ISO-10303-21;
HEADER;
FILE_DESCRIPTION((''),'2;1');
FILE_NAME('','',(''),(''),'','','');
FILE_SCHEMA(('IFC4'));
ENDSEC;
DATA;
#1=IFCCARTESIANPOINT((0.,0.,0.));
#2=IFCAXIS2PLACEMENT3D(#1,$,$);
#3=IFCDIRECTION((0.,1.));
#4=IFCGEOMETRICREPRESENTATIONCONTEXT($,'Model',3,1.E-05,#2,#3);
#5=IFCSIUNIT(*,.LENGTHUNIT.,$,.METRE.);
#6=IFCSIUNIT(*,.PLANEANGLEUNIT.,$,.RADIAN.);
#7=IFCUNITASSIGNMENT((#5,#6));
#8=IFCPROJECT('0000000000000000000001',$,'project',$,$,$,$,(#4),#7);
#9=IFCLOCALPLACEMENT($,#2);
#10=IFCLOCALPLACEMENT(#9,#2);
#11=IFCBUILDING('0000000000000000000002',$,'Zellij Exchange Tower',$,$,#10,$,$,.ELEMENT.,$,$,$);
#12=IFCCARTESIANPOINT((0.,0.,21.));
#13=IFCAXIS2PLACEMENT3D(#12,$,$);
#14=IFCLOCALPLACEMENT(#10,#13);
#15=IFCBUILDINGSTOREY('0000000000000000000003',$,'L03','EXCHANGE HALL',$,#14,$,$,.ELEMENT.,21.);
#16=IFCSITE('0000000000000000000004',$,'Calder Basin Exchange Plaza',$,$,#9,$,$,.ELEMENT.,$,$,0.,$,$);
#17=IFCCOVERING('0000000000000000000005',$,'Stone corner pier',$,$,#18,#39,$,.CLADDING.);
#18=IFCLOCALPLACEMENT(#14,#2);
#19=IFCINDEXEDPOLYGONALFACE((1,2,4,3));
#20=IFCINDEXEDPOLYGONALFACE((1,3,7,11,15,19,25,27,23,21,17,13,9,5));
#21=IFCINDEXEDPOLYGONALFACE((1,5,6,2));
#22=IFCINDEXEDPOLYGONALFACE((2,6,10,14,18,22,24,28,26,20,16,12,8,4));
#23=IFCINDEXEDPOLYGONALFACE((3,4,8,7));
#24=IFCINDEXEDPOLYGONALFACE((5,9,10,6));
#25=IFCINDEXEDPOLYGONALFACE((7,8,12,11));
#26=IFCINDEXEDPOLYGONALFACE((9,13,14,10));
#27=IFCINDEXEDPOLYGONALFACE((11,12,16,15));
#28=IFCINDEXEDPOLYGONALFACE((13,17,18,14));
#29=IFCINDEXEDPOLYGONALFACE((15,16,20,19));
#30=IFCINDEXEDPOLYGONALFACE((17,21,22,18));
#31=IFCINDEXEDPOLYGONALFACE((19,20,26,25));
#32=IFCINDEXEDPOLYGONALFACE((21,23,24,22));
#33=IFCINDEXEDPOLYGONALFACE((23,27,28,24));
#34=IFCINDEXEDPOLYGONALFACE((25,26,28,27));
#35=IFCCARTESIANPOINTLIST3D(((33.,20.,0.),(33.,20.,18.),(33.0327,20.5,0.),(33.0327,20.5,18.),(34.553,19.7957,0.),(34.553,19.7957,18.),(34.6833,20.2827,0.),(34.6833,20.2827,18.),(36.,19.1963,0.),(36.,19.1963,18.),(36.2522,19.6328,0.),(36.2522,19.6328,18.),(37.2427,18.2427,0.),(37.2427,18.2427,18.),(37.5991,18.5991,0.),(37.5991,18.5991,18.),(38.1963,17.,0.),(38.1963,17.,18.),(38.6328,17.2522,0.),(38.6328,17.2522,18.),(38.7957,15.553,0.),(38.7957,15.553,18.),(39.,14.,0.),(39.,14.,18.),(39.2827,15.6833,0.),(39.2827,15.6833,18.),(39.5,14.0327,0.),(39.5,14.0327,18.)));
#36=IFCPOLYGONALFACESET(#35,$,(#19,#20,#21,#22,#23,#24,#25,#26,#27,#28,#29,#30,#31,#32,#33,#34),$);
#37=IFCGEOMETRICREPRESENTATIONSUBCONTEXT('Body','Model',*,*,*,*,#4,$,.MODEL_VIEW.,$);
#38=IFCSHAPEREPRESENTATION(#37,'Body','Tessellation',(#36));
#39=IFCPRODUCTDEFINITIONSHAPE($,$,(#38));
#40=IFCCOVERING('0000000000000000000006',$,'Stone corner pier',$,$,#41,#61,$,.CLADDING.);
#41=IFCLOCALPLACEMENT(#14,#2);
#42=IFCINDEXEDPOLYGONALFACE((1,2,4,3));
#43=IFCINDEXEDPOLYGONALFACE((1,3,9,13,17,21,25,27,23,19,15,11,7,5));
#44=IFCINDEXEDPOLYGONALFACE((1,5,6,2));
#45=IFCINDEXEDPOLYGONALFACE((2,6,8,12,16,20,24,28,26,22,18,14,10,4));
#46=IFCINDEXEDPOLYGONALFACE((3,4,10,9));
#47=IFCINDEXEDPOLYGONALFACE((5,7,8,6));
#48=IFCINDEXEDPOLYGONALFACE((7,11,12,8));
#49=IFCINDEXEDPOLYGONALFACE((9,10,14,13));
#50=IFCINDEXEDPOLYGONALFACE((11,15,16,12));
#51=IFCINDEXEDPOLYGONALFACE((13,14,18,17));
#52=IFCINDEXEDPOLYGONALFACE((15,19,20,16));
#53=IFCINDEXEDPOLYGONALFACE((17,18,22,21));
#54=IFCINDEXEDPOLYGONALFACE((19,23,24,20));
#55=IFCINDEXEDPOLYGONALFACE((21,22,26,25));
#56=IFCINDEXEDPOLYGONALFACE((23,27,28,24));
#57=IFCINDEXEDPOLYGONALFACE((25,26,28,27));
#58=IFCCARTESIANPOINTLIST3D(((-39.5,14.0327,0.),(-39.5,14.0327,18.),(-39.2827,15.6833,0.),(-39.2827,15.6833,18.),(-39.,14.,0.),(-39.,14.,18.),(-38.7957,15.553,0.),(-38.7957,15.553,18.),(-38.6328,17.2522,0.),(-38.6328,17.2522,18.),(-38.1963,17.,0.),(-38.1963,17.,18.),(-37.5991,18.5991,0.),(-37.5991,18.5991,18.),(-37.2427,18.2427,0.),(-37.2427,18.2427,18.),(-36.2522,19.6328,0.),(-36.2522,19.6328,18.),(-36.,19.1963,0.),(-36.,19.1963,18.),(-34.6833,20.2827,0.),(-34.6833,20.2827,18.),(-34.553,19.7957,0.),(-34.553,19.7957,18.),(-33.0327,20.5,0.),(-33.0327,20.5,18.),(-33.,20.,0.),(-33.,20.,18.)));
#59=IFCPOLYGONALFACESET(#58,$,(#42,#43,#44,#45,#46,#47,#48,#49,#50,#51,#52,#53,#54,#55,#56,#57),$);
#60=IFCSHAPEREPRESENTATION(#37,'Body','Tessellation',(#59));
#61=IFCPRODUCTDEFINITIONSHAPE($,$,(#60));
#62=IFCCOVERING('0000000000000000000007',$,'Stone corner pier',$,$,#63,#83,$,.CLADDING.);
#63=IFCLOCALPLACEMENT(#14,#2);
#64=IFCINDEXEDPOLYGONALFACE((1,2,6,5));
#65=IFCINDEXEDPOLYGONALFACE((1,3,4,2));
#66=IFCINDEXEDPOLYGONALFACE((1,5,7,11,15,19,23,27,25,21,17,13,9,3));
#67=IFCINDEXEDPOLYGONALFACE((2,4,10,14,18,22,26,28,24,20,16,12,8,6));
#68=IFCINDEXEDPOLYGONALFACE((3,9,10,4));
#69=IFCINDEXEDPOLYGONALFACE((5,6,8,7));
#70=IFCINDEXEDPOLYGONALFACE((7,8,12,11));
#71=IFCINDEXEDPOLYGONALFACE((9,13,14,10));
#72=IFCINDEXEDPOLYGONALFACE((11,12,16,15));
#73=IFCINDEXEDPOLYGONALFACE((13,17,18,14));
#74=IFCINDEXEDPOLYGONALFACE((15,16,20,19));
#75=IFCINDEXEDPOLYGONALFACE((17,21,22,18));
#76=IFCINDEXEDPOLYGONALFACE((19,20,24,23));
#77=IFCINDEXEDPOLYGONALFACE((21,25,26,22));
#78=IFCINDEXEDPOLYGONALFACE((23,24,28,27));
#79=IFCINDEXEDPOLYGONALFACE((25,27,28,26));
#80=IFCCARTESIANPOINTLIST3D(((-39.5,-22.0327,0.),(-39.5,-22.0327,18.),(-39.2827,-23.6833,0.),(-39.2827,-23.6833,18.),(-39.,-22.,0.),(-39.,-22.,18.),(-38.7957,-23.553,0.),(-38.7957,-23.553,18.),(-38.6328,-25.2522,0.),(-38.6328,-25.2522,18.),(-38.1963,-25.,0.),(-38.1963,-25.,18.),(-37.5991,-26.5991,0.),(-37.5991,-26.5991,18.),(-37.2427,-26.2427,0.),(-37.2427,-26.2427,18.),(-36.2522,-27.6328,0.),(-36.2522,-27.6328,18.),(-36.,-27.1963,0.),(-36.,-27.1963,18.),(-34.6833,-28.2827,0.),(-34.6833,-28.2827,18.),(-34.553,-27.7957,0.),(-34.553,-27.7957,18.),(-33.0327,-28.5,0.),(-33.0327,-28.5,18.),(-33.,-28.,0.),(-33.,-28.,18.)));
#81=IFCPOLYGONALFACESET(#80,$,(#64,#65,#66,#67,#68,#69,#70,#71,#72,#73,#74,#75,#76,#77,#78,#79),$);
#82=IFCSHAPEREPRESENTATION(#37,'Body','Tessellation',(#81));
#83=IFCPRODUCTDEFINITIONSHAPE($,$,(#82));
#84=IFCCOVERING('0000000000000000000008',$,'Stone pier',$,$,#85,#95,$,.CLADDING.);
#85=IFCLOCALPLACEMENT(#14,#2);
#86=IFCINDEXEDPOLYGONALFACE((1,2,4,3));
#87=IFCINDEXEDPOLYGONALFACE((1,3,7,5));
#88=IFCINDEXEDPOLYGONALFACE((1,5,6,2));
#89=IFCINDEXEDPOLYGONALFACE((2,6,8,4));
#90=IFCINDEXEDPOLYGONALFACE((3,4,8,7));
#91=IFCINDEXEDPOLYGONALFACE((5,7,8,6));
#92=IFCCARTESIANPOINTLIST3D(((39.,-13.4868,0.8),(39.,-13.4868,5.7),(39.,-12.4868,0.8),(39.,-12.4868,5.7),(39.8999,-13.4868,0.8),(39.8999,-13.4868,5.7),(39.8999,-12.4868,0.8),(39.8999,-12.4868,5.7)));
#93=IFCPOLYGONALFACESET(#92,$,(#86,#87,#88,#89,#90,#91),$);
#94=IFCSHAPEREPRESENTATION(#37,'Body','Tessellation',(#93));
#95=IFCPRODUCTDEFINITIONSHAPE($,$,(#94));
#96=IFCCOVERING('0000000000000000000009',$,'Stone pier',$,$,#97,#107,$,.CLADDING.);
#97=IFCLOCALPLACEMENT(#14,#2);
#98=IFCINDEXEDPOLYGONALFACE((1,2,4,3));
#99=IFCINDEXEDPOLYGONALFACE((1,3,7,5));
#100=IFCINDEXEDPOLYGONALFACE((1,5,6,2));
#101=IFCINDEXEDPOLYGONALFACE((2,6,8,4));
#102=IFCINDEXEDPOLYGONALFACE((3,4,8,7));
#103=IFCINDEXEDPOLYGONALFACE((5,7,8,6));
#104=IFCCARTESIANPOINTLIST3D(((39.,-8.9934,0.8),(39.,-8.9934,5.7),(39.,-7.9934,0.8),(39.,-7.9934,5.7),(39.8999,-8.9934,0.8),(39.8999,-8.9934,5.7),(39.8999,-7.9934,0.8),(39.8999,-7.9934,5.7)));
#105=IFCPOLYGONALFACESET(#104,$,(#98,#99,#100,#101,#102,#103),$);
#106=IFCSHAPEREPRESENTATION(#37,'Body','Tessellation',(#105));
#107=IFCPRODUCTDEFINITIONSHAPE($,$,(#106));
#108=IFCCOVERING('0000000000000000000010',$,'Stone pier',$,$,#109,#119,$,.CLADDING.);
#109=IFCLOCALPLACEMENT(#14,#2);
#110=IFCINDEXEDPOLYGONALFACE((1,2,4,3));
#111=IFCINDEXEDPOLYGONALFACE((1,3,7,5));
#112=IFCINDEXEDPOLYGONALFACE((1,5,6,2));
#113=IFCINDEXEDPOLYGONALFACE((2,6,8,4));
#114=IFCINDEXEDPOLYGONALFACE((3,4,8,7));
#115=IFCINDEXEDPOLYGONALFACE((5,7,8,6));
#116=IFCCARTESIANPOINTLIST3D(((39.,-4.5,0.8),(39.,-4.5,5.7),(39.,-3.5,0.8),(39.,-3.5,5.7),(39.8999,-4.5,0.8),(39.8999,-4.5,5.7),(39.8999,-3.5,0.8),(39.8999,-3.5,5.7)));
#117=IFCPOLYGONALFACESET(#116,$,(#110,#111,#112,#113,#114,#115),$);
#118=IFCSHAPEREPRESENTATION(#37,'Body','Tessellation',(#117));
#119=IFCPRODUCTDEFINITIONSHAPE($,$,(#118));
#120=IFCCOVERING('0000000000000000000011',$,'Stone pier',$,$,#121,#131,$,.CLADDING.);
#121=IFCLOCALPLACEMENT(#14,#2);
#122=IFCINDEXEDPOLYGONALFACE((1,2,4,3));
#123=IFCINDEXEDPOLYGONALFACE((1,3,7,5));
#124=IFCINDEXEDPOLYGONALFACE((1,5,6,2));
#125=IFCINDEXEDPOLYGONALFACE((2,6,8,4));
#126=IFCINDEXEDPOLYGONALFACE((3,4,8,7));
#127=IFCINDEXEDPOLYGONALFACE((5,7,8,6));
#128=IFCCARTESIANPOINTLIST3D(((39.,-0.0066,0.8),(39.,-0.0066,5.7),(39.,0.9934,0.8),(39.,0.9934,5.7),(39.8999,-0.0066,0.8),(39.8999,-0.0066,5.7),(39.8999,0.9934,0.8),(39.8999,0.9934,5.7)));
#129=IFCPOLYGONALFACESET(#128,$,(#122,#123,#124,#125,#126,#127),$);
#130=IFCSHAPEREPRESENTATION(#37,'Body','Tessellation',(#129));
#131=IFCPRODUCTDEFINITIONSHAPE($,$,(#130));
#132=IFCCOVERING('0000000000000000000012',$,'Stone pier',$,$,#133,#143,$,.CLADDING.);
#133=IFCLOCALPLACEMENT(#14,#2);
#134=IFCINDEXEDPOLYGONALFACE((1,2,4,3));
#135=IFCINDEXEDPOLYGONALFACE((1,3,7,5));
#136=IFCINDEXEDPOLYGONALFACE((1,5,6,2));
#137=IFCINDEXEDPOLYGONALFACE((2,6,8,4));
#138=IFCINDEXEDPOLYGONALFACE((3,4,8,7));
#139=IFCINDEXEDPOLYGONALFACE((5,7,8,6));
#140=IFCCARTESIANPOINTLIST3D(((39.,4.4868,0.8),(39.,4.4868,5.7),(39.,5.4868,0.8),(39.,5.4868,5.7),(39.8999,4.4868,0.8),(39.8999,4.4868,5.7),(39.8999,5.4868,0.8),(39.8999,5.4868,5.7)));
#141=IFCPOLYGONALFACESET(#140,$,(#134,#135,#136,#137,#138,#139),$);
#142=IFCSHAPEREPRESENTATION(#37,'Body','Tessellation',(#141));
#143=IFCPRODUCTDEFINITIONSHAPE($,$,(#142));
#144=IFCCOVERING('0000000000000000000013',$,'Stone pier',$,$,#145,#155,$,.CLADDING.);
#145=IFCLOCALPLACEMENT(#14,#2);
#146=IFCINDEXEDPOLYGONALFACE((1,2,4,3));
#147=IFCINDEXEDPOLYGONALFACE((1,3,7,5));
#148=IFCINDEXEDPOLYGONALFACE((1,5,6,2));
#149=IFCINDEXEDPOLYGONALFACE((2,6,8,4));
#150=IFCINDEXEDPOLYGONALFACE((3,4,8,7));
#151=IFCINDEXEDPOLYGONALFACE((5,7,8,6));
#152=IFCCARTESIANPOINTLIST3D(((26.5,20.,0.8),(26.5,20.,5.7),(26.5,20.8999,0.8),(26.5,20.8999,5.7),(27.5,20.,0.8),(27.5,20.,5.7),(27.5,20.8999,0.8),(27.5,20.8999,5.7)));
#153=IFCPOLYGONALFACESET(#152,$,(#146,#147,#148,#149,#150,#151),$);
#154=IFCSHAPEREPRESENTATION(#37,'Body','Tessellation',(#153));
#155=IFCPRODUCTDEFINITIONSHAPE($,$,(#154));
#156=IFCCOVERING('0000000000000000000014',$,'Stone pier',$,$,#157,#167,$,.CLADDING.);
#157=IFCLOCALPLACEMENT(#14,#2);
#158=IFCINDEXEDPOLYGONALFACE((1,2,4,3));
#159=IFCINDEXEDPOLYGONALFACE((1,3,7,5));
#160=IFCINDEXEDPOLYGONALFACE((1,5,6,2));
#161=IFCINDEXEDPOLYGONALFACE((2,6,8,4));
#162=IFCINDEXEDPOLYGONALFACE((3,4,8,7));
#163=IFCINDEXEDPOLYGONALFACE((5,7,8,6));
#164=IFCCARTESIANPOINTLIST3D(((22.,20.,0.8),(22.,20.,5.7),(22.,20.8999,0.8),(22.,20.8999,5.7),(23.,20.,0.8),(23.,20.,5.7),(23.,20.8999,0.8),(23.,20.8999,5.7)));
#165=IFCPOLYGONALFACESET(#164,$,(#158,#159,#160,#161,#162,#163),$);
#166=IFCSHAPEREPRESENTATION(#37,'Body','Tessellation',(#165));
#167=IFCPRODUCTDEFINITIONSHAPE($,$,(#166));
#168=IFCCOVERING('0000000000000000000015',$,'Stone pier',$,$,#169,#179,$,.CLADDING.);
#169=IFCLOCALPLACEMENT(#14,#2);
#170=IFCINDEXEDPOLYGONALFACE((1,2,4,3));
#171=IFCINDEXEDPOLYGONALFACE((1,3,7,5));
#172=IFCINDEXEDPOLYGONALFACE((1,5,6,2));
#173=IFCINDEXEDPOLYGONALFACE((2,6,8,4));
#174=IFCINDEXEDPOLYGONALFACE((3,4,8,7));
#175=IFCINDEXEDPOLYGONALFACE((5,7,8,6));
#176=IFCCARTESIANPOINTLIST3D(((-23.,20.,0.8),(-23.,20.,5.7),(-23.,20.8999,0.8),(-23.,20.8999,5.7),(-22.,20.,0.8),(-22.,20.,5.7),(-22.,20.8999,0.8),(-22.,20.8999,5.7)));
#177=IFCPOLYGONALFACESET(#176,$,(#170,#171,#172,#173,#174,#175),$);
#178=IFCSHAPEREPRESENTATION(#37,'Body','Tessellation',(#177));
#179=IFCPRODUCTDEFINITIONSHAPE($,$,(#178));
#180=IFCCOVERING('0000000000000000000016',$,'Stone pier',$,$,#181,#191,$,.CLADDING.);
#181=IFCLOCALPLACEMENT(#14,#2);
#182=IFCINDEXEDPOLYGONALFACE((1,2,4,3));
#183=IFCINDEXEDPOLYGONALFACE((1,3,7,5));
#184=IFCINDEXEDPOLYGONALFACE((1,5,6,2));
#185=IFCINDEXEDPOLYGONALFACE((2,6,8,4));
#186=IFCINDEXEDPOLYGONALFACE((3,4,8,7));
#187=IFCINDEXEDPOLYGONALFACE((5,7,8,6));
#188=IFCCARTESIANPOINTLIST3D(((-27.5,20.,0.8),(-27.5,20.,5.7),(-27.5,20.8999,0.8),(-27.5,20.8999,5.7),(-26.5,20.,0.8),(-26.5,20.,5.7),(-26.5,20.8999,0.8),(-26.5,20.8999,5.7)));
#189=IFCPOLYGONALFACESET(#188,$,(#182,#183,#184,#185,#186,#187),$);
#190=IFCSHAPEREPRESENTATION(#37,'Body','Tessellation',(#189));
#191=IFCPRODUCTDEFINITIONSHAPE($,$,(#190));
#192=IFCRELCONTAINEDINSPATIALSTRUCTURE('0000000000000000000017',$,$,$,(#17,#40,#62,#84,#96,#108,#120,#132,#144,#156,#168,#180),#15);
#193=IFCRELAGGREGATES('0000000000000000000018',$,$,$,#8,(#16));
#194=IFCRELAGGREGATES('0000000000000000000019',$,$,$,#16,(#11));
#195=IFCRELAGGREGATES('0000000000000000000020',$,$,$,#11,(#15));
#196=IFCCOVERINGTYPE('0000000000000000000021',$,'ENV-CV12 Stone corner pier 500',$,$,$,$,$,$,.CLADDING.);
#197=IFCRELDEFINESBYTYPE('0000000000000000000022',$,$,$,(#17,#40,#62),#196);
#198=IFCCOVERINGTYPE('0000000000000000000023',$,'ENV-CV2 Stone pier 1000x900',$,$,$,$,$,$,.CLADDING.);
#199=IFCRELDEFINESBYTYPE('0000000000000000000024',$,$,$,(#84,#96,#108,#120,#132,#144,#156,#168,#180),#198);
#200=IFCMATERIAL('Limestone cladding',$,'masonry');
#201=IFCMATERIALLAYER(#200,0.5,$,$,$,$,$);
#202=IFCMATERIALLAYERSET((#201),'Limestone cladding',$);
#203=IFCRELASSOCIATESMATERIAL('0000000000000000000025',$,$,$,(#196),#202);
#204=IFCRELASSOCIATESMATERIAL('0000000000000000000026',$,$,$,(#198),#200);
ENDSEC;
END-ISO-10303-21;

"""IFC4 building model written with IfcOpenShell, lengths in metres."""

from ifc_helpers import new_model, si_unit, direction, frame, origin, place, context, subcontext, project, spatial, polyline, outline, extrude, material, layer, layer_set, type_object, element, save


model = new_model("IFC4")

# Units and contexts
model_context = context("Model", 3, precision=1e-05, world=origin(), true_north=direction((0.0, 1.0)))
body_context = subcontext(model_context, "Body", "Model", "MODEL_VIEW")
ifc_project = project(units=[si_unit("LENGTHUNIT", "METRE"), si_unit("PLANEANGLEUNIT", "RADIAN")], contexts=[model_context])

# Site, building, storey
site_placement = place(None, origin())
site = spatial("IfcSite", under=ifc_project, at=site_placement, Name="Calder Basin Exchange Plaza", CompositionType="ELEMENT", RefElevation=0.0)
building_placement = place(site_placement, origin())
building = spatial("IfcBuilding", under=site, at=building_placement, Name="Zellij Exchange Tower", CompositionType="ELEMENT")
storey_placement = place(building_placement, frame((0.0, 0.0, 21.0)))
storey = spatial("IfcBuildingStorey", under=building, at=storey_placement, Name="L03", Description="EXCHANGE HALL", CompositionType="ELEMENT", Elevation=21.0)

# Coverings
ifc_material_1 = material(Name="Limestone cladding", Category="masonry")
ifc_layer_1 = layer(ifc_material_1, 0.5)
ifc_layer_set_1 = layer_set([ifc_layer_1], Name="Limestone cladding")
covering_type_1 = type_object("IfcCoveringType", Name="ENV-CV12 Stone corner pier 500", PredefinedType="CLADDING", material=ifc_layer_set_1)
covering_1_placement = place(storey_placement, origin())
element("IfcCovering", 1, at=covering_1_placement, inside=storey, type_object=covering_type_1, Name="Stone corner pier", PredefinedType="CLADDING", context=body_context, shape_type="SweptSolid", body=[
    extrude(outline(polyline([(39.0, 14.0), (38.7957, 15.553), (38.1963, 17.0), (37.2427, 18.2427), (36.0, 19.1963), (34.553, 19.7957), (33.0, 20.0), (33.0327, 20.5), (34.6833, 20.2827), (36.2522, 19.6328), (37.5991, 18.5991), (38.6328, 17.2522), (39.2827, 15.6833), (39.5, 14.0327), (39.0, 14.0)])), origin(), (0.0, 0.0, 1.0), 18.0),
])
covering_2_placement = place(storey_placement, origin())
element("IfcCovering", 2, at=covering_2_placement, inside=storey, type_object=covering_type_1, Name="Stone corner pier", PredefinedType="CLADDING", context=body_context, shape_type="SweptSolid", body=[
    extrude(outline(polyline([(-33.0, 20.0), (-34.553, 19.7957), (-36.0, 19.1963), (-37.2427, 18.2427), (-38.1963, 17.0), (-38.7957, 15.553), (-39.0, 14.0), (-39.5, 14.0327), (-39.2827, 15.6833), (-38.6328, 17.2522), (-37.5991, 18.5991), (-36.2522, 19.6328), (-34.6833, 20.2827), (-33.0327, 20.5), (-33.0, 20.0)])), origin(), (0.0, 0.0, 1.0), 18.0),
])
covering_3_placement = place(storey_placement, origin())
element("IfcCovering", 3, at=covering_3_placement, inside=storey, type_object=covering_type_1, Name="Stone corner pier", PredefinedType="CLADDING", context=body_context, shape_type="SweptSolid", body=[
    extrude(outline(polyline([(-39.0, -22.0), (-38.7957, -23.553), (-38.1963, -25.0), (-37.2427, -26.2427), (-36.0, -27.1963), (-34.553, -27.7957), (-33.0, -28.0), (-33.0327, -28.5), (-34.6833, -28.2827), (-36.2522, -27.6328), (-37.5991, -26.5991), (-38.6328, -25.2522), (-39.2827, -23.6833), (-39.5, -22.0327), (-39.0, -22.0)])), origin(), (0.0, 0.0, 1.0), 18.0),
])
covering_type_2 = type_object("IfcCoveringType", Name="ENV-CV2 Stone pier 1000x900", PredefinedType="CLADDING", material=ifc_material_1)
covering_4_placement = place(storey_placement, frame((0.0, 0.0, 0.8)))
element("IfcCovering", 4, at=covering_4_placement, inside=storey, type_object=covering_type_2, Name="Stone pier", PredefinedType="CLADDING", context=body_context, shape_type="SweptSolid", body=[
    extrude(outline(polyline([(39.0, -13.4868), (39.0, -12.4868), (39.8999, -12.4868), (39.8999, -13.4868), (39.0, -13.4868)])), origin(), (0.0, 0.0, 1.0), 4.8999),
])
covering_5_placement = place(storey_placement, frame((0.0, 0.0, 0.8)))
element("IfcCovering", 5, at=covering_5_placement, inside=storey, type_object=covering_type_2, Name="Stone pier", PredefinedType="CLADDING", context=body_context, shape_type="SweptSolid", body=[
    extrude(outline(polyline([(39.0, -8.9934), (39.0, -7.9934), (39.8999, -7.9934), (39.8999, -8.9934), (39.0, -8.9934)])), origin(), (0.0, 0.0, 1.0), 4.8999),
])
covering_6_placement = place(storey_placement, frame((0.0, 0.0, 0.8)))
element("IfcCovering", 6, at=covering_6_placement, inside=storey, type_object=covering_type_2, Name="Stone pier", PredefinedType="CLADDING", context=body_context, shape_type="SweptSolid", body=[
    extrude(outline(polyline([(39.0, -4.5), (39.0, -3.5), (39.8999, -3.5), (39.8999, -4.5), (39.0, -4.5)])), origin(), (0.0, 0.0, 1.0), 4.8999),
])
covering_7_placement = place(storey_placement, frame((0.0, 0.0, 0.8)))
element("IfcCovering", 7, at=covering_7_placement, inside=storey, type_object=covering_type_2, Name="Stone pier", PredefinedType="CLADDING", context=body_context, shape_type="SweptSolid", body=[
    extrude(outline(polyline([(39.0, -0.0066), (39.0, 0.9934), (39.8999, 0.9934), (39.8999, -0.0066), (39.0, -0.0066)])), origin(), (0.0, 0.0, 1.0), 4.8999),
])
covering_8_placement = place(storey_placement, frame((0.0, 0.0, 0.8)))
element("IfcCovering", 8, at=covering_8_placement, inside=storey, type_object=covering_type_2, Name="Stone pier", PredefinedType="CLADDING", context=body_context, shape_type="SweptSolid", body=[
    extrude(outline(polyline([(39.0, 4.4868), (39.0, 5.4868), (39.8999, 5.4868), (39.8999, 4.4868), (39.0, 4.4868)])), origin(), (0.0, 0.0, 1.0), 4.8999),
])
covering_9_placement = place(storey_placement, frame((0.0, 0.0, 0.8)))
element("IfcCovering", 9, at=covering_9_placement, inside=storey, type_object=covering_type_2, Name="Stone pier", PredefinedType="CLADDING", context=body_context, shape_type="SweptSolid", body=[
    extrude(outline(polyline([(27.5, 20.0), (26.5, 20.0), (26.5, 20.8999), (27.5, 20.8999), (27.5, 20.0)])), origin(), (0.0, 0.0, 1.0), 4.8999),
])
covering_10_placement = place(storey_placement, frame((0.0, 0.0, 0.8)))
element("IfcCovering", 10, at=covering_10_placement, inside=storey, type_object=covering_type_2, Name="Stone pier", PredefinedType="CLADDING", context=body_context, shape_type="SweptSolid", body=[
    extrude(outline(polyline([(23.0, 20.0), (22.0, 20.0), (22.0, 20.8999), (23.0, 20.8999), (23.0, 20.0)])), origin(), (0.0, 0.0, 1.0), 4.8999),
])
covering_11_placement = place(storey_placement, frame((0.0, 0.0, 0.8)))
element("IfcCovering", 11, at=covering_11_placement, inside=storey, type_object=covering_type_2, Name="Stone pier", PredefinedType="CLADDING", context=body_context, shape_type="SweptSolid", body=[
    extrude(outline(polyline([(-22.0, 20.0), (-23.0, 20.0), (-23.0, 20.8999), (-22.0, 20.8999), (-22.0, 20.0)])), origin(), (0.0, 0.0, 1.0), 4.8999),
])
covering_12_placement = place(storey_placement, frame((0.0, 0.0, 0.8)))
element("IfcCovering", 12, at=covering_12_placement, inside=storey, type_object=covering_type_2, Name="Stone pier", PredefinedType="CLADDING", context=body_context, shape_type="SweptSolid", body=[
    extrude(outline(polyline([(-26.5, 20.0), (-27.5, 20.0), (-27.5, 20.8999), (-26.5, 20.8999), (-26.5, 20.0)])), origin(), (0.0, 0.0, 1.0), 4.8999),
])

save(model, "model.ifc")
